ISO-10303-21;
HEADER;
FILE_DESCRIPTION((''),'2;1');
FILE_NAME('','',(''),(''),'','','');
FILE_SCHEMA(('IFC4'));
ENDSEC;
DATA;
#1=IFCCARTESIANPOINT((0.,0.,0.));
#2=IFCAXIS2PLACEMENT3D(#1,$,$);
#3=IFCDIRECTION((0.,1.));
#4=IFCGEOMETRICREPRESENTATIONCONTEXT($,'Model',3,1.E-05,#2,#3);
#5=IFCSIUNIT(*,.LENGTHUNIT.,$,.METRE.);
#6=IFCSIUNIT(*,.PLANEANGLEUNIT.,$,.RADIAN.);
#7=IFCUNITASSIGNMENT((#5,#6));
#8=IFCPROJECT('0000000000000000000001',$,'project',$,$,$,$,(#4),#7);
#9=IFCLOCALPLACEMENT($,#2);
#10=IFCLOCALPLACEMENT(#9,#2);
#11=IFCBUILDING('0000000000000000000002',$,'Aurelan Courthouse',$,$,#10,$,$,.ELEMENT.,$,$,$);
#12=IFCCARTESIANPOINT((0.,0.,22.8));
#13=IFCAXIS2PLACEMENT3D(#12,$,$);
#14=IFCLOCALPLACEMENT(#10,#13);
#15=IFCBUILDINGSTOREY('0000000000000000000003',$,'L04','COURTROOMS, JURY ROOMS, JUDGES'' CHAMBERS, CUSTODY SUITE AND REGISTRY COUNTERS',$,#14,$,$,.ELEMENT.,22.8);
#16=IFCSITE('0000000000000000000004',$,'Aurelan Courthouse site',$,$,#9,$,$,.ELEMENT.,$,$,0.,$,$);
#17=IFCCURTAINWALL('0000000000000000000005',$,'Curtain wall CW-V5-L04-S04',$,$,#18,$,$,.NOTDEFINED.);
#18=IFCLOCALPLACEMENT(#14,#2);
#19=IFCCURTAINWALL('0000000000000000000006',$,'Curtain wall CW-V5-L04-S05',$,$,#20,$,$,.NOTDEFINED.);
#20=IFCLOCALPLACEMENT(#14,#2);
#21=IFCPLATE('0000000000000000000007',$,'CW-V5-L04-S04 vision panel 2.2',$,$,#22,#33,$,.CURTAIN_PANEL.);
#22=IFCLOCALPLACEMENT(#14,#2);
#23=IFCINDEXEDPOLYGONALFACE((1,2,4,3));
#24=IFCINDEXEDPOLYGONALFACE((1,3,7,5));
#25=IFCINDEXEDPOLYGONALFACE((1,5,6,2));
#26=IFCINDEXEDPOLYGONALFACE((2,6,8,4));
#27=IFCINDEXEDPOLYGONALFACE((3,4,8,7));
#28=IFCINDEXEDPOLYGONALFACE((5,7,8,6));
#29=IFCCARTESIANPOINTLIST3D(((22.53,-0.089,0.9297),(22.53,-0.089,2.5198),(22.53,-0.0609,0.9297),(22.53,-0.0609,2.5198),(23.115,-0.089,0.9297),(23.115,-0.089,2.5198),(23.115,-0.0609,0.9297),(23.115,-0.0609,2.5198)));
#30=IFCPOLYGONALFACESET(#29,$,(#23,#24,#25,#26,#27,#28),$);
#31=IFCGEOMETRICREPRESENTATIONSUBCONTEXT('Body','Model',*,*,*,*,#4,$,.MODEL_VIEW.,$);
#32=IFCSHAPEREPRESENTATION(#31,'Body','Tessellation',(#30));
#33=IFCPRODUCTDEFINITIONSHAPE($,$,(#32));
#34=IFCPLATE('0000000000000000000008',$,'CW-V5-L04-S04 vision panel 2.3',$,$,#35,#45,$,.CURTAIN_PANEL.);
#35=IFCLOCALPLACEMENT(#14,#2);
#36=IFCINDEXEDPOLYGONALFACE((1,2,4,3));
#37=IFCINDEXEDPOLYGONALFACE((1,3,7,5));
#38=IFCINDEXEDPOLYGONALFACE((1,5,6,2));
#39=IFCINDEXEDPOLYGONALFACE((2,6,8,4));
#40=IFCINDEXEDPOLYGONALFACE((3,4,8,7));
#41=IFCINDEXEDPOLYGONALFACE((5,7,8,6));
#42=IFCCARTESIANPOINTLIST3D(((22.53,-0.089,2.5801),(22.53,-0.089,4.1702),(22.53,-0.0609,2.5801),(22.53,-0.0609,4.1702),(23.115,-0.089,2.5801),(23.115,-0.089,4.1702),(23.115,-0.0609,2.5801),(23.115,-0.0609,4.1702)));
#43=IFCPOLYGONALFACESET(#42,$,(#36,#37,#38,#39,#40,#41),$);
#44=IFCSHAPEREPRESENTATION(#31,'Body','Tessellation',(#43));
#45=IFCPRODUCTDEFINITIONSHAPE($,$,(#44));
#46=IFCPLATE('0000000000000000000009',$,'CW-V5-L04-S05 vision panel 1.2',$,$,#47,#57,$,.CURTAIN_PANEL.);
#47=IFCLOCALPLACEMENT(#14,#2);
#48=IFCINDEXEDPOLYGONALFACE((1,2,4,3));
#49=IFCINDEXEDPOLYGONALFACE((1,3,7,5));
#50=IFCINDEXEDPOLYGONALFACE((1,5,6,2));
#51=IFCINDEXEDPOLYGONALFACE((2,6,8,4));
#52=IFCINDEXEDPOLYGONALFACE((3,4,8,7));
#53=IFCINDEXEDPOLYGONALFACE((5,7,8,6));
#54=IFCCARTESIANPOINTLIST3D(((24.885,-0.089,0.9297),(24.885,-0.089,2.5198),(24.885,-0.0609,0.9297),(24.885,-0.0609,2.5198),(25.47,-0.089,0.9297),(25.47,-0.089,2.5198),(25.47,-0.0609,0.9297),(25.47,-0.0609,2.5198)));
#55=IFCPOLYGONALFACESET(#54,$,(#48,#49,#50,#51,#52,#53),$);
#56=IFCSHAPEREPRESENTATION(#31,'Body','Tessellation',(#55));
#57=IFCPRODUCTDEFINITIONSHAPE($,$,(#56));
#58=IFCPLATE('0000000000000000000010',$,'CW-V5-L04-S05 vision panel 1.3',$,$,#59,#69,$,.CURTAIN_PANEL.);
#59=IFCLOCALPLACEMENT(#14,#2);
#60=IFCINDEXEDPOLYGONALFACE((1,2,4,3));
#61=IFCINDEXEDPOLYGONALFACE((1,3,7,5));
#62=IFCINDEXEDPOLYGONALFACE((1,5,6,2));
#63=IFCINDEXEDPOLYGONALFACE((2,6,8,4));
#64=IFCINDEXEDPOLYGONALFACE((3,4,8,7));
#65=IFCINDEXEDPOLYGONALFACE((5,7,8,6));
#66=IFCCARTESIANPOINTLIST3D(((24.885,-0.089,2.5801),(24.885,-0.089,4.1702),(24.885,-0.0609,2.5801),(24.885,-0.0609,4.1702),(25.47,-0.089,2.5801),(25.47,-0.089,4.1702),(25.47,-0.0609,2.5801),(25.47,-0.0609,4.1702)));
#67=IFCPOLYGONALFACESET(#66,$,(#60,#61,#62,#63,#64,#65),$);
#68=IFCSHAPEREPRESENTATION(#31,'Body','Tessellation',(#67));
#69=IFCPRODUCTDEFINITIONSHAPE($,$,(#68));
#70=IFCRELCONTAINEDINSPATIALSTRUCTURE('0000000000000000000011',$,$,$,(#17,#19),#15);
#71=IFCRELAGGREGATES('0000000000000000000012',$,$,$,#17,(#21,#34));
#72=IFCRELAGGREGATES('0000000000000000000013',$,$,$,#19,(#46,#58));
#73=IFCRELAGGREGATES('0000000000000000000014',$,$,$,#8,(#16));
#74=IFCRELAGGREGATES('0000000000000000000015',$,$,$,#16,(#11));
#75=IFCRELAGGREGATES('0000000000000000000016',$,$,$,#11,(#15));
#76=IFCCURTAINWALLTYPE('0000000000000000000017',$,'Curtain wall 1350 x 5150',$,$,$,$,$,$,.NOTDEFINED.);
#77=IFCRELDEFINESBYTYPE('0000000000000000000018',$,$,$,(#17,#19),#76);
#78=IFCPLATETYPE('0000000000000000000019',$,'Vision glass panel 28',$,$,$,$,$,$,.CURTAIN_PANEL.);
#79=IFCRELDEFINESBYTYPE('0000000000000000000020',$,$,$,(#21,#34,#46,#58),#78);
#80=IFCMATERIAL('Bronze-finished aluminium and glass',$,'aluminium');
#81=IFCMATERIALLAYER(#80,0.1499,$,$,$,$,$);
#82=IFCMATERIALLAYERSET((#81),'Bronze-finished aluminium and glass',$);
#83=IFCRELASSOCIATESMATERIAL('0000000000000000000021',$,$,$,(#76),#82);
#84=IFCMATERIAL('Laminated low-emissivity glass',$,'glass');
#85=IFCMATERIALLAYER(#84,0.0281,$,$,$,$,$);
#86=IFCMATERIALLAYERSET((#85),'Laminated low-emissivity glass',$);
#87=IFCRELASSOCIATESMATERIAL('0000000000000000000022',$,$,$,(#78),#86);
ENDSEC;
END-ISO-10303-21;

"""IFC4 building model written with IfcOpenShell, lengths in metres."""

from ifc_helpers import new_model, si_unit, direction, frame, origin, origin_2d, place, context, subcontext, project, spatial, rectangle, extrude, material, layer, layer_set, type_object, element, aggregate, save


model = new_model("IFC4")

# Units and contexts
model_context = context("Model", 3, precision=1e-05, world=origin(), true_north=direction((0.0, 1.0)))
body_context = subcontext(model_context, "Body", "Model", "MODEL_VIEW")
ifc_project = project(units=[si_unit("LENGTHUNIT", "METRE"), si_unit("PLANEANGLEUNIT", "RADIAN")], contexts=[model_context])

# Site, building, storey
site_placement = place(None, origin())
site = spatial("IfcSite", under=ifc_project, at=site_placement, Name="Aurelan Courthouse site", CompositionType="ELEMENT", RefElevation=0.0)
building_placement = place(site_placement, origin())
building = spatial("IfcBuilding", under=site, at=building_placement, Name="Aurelan Courthouse", CompositionType="ELEMENT")
storey_placement = place(building_placement, frame((0.0, 0.0, 22.8)))
storey = spatial("IfcBuildingStorey", under=building, at=storey_placement, Name="L04", Description="COURTROOMS, JURY ROOMS, JUDGES' CHAMBERS, CUSTODY SUITE AND REGISTRY COUNTERS", CompositionType="ELEMENT", Elevation=22.8)

# Curtain walls
ifc_material_1 = material(Name="Bronze-finished aluminium and glass", Category="aluminium")
ifc_layer_1 = layer(ifc_material_1, 0.1499)
ifc_layer_set_1 = layer_set([ifc_layer_1], Name="Bronze-finished aluminium and glass")
curtain_wall_type = type_object("IfcCurtainWallType", Name="Curtain wall 1350 x 5150", PredefinedType="NOTDEFINED", material=ifc_layer_set_1)
curtain_wall_1_placement = place(storey_placement, origin())
curtain_wall_1 = element("IfcCurtainWall", 1, at=curtain_wall_1_placement, inside=storey, type_object=curtain_wall_type, Name="Curtain wall CW-V5-L04-S04", PredefinedType="NOTDEFINED")
curtain_wall_2_placement = place(storey_placement, origin())
curtain_wall_2 = element("IfcCurtainWall", 2, at=curtain_wall_2_placement, inside=storey, type_object=curtain_wall_type, Name="Curtain wall CW-V5-L04-S05", PredefinedType="NOTDEFINED")

# Plates
ifc_material_2 = material(Name="Laminated low-emissivity glass", Category="glass")
ifc_layer_2 = layer(ifc_material_2, 0.0281)
ifc_layer_set_2 = layer_set([ifc_layer_2], Name="Laminated low-emissivity glass")
plate_type_1 = type_object("IfcPlateType", Name="Vision glass panel 28", PredefinedType="CURTAIN_PANEL", material=ifc_layer_set_2)
plate_1_placement = place(storey_placement, frame((22.8225, -0.075, 0.9297), z_axis=(0.0, 0.0, 1.0), x_axis=(1.0, 0.0, 0.0)))
plate_1 = element("IfcPlate", 3, at=plate_1_placement, type_object=plate_type_1, Name="CW-V5-L04-S04 vision panel 2.2", PredefinedType="CURTAIN_PANEL", context=body_context, shape_type="SweptSolid", body=[
    extrude(rectangle(XDim=0.585, YDim=0.0281, at=origin_2d()), origin(), (0.0, 0.0, 1.0), 1.5901),
])
plate_2_placement = place(storey_placement, frame((22.8225, -0.075, 2.5801), z_axis=(0.0, 0.0, 1.0), x_axis=(1.0, 0.0, 0.0)))
plate_2 = element("IfcPlate", 4, at=plate_2_placement, type_object=plate_type_1, Name="CW-V5-L04-S04 vision panel 2.3", PredefinedType="CURTAIN_PANEL", context=body_context, shape_type="SweptSolid", body=[
    extrude(rectangle(XDim=0.585, YDim=0.0281, at=origin_2d()), origin(), (0.0, 0.0, 1.0), 1.5901),
])
aggregate(curtain_wall_1, [plate_1, plate_2])
plate_3_placement = place(storey_placement, frame((25.1775, -0.075, 0.9297), z_axis=(0.0, 0.0, 1.0), x_axis=(1.0, 0.0, 0.0)))
plate_3 = element("IfcPlate", 5, at=plate_3_placement, type_object=plate_type_1, Name="CW-V5-L04-S05 vision panel 1.2", PredefinedType="CURTAIN_PANEL", context=body_context, shape_type="SweptSolid", body=[
    extrude(rectangle(XDim=0.585, YDim=0.0281, at=origin_2d()), origin(), (0.0, 0.0, 1.0), 1.5901),
])
plate_4_placement = place(storey_placement, frame((25.1775, -0.075, 2.5801), z_axis=(0.0, 0.0, 1.0), x_axis=(1.0, 0.0, 0.0)))
plate_4 = element("IfcPlate", 6, at=plate_4_placement, type_object=plate_type_1, Name="CW-V5-L04-S05 vision panel 1.3", PredefinedType="CURTAIN_PANEL", context=body_context, shape_type="SweptSolid", body=[
    extrude(rectangle(XDim=0.585, YDim=0.0281, at=origin_2d()), origin(), (0.0, 0.0, 1.0), 1.5901),
])
aggregate(curtain_wall_2, [plate_3, plate_4])

save(model, "model.ifc")
